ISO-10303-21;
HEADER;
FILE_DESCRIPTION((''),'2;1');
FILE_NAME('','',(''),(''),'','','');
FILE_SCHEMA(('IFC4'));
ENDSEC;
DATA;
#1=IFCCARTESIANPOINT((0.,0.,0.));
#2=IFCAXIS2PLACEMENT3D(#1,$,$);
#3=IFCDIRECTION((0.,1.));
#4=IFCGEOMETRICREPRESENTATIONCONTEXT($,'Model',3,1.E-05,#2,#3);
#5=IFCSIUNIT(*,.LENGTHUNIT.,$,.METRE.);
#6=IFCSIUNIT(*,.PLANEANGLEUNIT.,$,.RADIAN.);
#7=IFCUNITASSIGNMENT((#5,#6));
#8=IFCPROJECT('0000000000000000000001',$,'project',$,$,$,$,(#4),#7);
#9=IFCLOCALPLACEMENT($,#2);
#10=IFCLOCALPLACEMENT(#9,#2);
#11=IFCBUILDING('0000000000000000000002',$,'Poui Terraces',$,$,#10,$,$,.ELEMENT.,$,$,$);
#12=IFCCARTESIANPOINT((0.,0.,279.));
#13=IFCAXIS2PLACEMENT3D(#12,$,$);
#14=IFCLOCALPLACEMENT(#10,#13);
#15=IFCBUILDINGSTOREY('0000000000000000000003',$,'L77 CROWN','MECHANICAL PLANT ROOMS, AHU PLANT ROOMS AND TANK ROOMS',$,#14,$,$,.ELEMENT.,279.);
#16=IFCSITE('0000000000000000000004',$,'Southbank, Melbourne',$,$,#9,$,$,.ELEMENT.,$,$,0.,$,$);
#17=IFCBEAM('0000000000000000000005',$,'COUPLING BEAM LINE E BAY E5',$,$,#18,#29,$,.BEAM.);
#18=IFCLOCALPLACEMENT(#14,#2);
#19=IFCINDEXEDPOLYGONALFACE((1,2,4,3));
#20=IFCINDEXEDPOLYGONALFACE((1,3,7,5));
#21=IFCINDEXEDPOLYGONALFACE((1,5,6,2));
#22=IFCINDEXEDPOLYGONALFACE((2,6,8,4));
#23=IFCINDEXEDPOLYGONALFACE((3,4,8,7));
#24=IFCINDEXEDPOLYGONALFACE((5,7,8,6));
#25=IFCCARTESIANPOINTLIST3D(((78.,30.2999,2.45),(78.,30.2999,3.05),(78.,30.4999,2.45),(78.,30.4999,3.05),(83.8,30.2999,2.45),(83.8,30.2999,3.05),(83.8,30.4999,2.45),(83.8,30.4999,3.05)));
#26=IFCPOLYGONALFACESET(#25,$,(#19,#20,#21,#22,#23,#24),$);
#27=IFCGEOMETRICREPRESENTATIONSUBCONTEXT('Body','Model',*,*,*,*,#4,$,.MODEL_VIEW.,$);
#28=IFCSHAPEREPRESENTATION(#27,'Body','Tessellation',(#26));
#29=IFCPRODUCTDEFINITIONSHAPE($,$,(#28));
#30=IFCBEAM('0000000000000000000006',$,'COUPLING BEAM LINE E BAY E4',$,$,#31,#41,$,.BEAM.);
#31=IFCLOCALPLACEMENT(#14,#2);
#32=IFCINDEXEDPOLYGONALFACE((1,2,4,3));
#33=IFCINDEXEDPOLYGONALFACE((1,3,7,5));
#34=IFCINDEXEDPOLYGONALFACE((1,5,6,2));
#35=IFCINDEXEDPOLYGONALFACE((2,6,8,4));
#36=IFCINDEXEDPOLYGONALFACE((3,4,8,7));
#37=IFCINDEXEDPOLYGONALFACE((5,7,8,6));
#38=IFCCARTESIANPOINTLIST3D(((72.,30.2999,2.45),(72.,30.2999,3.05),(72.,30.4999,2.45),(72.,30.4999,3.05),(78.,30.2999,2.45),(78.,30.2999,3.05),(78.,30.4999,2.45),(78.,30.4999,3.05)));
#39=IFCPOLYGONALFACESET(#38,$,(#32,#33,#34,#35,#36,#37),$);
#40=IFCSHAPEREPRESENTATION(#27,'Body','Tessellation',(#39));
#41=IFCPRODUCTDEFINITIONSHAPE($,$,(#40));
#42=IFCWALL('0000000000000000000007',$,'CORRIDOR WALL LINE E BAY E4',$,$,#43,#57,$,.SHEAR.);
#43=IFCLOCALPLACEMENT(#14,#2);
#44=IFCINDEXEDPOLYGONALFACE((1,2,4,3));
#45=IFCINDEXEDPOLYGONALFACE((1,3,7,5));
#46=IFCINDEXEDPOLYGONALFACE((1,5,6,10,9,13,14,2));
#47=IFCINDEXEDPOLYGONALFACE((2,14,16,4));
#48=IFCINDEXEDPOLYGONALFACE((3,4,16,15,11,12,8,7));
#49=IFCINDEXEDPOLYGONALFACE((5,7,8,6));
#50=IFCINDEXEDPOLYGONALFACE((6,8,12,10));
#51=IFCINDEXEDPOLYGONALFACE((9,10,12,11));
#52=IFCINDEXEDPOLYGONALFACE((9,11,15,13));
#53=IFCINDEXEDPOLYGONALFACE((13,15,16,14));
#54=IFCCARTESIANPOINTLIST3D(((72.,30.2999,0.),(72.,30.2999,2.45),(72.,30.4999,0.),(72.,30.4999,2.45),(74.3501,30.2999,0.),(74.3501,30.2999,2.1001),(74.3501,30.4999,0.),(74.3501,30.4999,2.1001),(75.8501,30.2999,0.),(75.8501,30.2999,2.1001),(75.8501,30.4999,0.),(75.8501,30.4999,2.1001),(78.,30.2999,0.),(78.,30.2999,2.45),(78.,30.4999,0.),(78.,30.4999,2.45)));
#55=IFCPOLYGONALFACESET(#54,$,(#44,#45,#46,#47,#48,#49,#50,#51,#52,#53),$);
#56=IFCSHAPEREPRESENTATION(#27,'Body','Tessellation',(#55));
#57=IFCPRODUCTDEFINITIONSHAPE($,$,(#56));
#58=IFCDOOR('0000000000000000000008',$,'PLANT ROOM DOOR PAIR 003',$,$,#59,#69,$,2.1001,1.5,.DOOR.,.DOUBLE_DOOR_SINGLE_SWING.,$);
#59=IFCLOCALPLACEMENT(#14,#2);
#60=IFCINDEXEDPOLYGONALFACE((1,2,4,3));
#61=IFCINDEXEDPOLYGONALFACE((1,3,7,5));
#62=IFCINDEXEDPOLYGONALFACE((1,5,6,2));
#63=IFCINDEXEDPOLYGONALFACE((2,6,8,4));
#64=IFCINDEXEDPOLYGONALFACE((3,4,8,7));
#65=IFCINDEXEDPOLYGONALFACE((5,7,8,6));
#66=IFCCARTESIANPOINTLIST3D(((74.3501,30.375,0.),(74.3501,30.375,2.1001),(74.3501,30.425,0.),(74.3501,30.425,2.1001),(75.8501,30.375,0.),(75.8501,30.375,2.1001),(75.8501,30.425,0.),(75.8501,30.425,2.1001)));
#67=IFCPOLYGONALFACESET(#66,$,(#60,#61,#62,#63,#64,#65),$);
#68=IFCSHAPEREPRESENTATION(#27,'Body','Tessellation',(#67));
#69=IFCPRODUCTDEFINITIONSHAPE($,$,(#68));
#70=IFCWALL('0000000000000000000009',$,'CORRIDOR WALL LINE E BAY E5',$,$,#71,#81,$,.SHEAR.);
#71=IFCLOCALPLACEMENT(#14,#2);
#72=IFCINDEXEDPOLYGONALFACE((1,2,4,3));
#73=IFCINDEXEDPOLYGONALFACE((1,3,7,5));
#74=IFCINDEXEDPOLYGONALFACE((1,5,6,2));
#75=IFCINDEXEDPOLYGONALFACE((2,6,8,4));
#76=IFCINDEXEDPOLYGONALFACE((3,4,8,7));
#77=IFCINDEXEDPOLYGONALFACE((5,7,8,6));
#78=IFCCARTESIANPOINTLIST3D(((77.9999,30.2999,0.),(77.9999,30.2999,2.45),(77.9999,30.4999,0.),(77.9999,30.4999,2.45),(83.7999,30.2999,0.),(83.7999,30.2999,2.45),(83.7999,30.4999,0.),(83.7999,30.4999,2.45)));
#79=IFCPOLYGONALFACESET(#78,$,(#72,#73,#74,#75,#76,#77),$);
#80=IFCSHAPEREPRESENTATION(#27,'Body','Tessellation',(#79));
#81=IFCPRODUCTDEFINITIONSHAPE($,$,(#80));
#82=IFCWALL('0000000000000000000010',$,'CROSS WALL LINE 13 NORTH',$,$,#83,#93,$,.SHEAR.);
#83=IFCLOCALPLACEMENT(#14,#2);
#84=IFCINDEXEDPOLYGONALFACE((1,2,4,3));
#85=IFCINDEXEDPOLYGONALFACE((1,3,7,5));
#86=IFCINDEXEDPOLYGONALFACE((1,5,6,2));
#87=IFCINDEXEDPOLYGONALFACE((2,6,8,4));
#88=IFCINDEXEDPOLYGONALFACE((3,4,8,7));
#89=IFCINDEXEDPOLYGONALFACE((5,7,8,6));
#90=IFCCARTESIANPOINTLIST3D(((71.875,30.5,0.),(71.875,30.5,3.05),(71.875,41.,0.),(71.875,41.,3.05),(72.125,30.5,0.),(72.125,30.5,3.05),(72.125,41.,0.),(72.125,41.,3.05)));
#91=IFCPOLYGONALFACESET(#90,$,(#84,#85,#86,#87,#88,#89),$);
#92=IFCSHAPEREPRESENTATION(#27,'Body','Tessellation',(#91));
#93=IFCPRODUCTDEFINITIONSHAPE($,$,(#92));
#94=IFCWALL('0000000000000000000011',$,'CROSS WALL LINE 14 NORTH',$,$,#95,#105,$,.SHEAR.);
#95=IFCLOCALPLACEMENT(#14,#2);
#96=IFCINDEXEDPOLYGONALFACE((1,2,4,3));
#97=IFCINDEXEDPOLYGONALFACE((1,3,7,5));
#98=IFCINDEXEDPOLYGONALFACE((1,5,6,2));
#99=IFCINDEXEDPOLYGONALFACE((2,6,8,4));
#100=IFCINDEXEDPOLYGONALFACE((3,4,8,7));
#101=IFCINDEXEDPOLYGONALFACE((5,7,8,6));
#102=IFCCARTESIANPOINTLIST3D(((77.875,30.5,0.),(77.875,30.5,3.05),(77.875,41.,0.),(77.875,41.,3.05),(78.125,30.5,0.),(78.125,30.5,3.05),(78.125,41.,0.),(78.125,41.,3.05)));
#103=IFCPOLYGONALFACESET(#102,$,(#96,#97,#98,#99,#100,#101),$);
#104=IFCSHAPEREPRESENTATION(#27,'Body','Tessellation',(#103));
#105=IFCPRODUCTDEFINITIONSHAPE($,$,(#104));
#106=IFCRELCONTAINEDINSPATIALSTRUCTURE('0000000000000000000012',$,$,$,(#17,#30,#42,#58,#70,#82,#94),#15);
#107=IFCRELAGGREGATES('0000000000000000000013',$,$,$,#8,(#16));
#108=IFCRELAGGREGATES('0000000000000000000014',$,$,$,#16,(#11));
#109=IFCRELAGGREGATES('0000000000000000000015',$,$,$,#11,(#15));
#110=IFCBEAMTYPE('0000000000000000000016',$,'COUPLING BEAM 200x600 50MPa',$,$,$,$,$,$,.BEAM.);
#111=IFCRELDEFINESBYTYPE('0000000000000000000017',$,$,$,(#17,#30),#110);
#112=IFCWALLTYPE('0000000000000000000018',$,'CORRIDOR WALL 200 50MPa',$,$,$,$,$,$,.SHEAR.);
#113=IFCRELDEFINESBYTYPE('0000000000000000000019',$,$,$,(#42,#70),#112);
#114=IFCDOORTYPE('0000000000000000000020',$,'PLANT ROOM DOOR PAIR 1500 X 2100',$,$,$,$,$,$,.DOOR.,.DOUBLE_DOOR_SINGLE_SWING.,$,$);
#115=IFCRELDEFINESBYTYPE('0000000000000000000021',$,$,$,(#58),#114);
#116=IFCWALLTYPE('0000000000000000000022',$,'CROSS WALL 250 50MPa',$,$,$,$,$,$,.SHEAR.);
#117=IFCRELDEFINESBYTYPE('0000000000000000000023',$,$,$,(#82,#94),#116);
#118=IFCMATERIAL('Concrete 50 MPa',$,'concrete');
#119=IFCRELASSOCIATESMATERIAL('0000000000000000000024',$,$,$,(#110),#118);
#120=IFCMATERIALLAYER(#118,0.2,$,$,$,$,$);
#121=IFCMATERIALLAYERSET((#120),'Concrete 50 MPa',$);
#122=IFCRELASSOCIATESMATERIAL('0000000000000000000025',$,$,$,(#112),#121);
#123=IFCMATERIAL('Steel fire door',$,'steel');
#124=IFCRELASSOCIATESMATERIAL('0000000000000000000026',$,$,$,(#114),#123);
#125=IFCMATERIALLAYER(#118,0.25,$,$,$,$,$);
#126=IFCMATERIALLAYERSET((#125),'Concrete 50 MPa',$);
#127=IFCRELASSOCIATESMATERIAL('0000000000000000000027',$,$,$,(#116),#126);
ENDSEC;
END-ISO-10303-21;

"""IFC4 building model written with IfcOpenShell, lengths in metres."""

from ifc_helpers import new_model, si_unit, direction, frame, frame_2d, origin, origin_2d, place, context, subcontext, project, spatial, rectangle, extrude, source, transform, mapped, material, layer, layer_set, material_profile, profile_set, type_object, element, fill, save


model = new_model("IFC4")

# Units and contexts
model_context = context("Model", 3, precision=1e-05, world=origin(), true_north=direction((0.0, 1.0)))
body_context = subcontext(model_context, "Body", "Model", "MODEL_VIEW")
ifc_project = project(units=[si_unit("LENGTHUNIT", "METRE"), si_unit("PLANEANGLEUNIT", "RADIAN")], contexts=[model_context])

# Site, building, storey
site_placement = place(None, origin())
site = spatial("IfcSite", under=ifc_project, at=site_placement, Name="Southbank, Melbourne", CompositionType="ELEMENT", RefElevation=0.0)
building_placement = place(site_placement, origin())
building = spatial("IfcBuilding", under=site, at=building_placement, Name="Poui Terraces", CompositionType="ELEMENT")
storey_placement = place(building_placement, frame((0.0, 0.0, 279.0)))
storey = spatial("IfcBuildingStorey", under=building, at=storey_placement, Name="L77 CROWN", Description="MECHANICAL PLANT ROOMS, AHU PLANT ROOMS AND TANK ROOMS", CompositionType="ELEMENT", Elevation=279.0)

# Beams
ifc_material_1 = material(Name="Concrete 50 MPa", Category="concrete")
ifc_material_profile_1 = material_profile(ifc_material_1, rectangle(XDim=0.2, YDim=0.6001, at=origin_2d()), Name="RC 200x600")
ifc_profile_set_1 = profile_set([ifc_material_profile_1], Name="Concrete 50 MPa")
beam_type = type_object("IfcBeamType", Name="COUPLING BEAM 200x600 50MPa", PredefinedType="BEAM", material=ifc_profile_set_1)
shared_shape_1 = source(origin(), body_context, "Body", "SweptSolid", [
    extrude(rectangle(XDim=0.2, YDim=0.6001, at=origin_2d()), origin(), (0.0, 0.0, 1.0), 5.8),
])
beam_1_placement = place(storey_placement, frame((78.0, 30.3999, 2.75), z_axis=(1.0, 0.0, 0.0), x_axis=(0.0, 1.0, 0.0)))
element("IfcBeam", 1, at=beam_1_placement, inside=storey, type_object=beam_type, Name="COUPLING BEAM LINE E BAY E5", PredefinedType="BEAM", context=body_context, shape_type="MappedRepresentation", body=[
    mapped(shared_shape_1, transform((0.0, 0.0, 0.0))),
])
shared_shape_2 = source(origin(), body_context, "Body", "SweptSolid", [
    extrude(rectangle(XDim=0.2, YDim=0.6001, at=origin_2d()), origin(), (0.0, 0.0, 1.0), 6.0),
])
beam_2_placement = place(storey_placement, frame((72.0, 30.3999, 2.75), z_axis=(1.0, 0.0, 0.0), x_axis=(0.0, 1.0, 0.0)))
element("IfcBeam", 2, at=beam_2_placement, inside=storey, type_object=beam_type, Name="COUPLING BEAM LINE E BAY E4", PredefinedType="BEAM", context=body_context, shape_type="MappedRepresentation", body=[
    mapped(shared_shape_2, transform((0.0, 0.0, 0.0))),
])

# Wall, opening, door
ifc_layer_1 = layer(ifc_material_1, 0.2)
ifc_layer_set_1 = layer_set([ifc_layer_1], Name="Concrete 50 MPa")
wall_type_1 = type_object("IfcWallType", Name="CORRIDOR WALL 200 50MPa", PredefinedType="SHEAR", material=ifc_layer_set_1)
wall_1_placement = place(storey_placement, frame((72.0, 30.3999, 0.0), z_axis=(0.0, 0.0, 1.0), x_axis=(1.0, 0.0, 0.0)))
wall_1 = element("IfcWall", 3, at=wall_1_placement, inside=storey, type_object=wall_type_1, Name="CORRIDOR WALL LINE E BAY E4", PredefinedType="SHEAR", context=body_context, shape_type="SweptSolid", body=[
    extrude(rectangle(XDim=6.0, YDim=0.2, at=frame_2d((3.0, 0.0))), origin(), (0.0, 0.0, 1.0), 2.45),
])
opening_1_placement = place(wall_1_placement, frame((2.3501, 0.0, 0.0)))
opening_1 = element("IfcOpeningElement", 4, at=opening_1_placement, cuts=wall_1, PredefinedType="OPENING", context=body_context, shape_type="SweptSolid", body=[
    extrude(rectangle(XDim=1.5, YDim=2.1001, at=frame_2d((0.75, 1.05))), frame((0.0, 0.1099, 0.0), z_axis=(0.0, -1.0, 0.0), x_axis=(1.0, 0.0, 0.0)), (0.0, 0.0, 1.0), 0.22),
])
ifc_material_2 = material(Name="Steel fire door", Category="steel")
door_type = type_object("IfcDoorType", Name="PLANT ROOM DOOR PAIR 1500 X 2100", OperationType="DOUBLE_DOOR_SINGLE_SWING", PredefinedType="DOOR", material=ifc_material_2)
door_placement = place(opening_1_placement, frame((1.5, 0.0, 0.0), z_axis=(0.0, 0.0, 1.0), x_axis=(-1.0, 0.0, 0.0)))
door = element("IfcDoor", 5, at=door_placement, inside=storey, type_object=door_type, Name="PLANT ROOM DOOR PAIR 003", OperationType="DOUBLE_DOOR_SINGLE_SWING", OverallHeight=2.1001, OverallWidth=1.5, PredefinedType="DOOR", context=body_context, shape_type="SweptSolid", body=[
    extrude(rectangle(XDim=1.5, YDim=2.1001, at=frame_2d((0.75, 1.05))), frame((0.0, 0.0249, 0.0), z_axis=(0.0, -1.0, 0.0), x_axis=(1.0, 0.0, 0.0)), (0.0, 0.0, 1.0), 0.05),
])
fill(opening_1, door)

# Walls
wall_2_placement = place(storey_placement, frame((78.0, 30.3999, 0.0), z_axis=(0.0, 0.0, 1.0), x_axis=(1.0, 0.0, 0.0)))
element("IfcWall", 6, at=wall_2_placement, inside=storey, type_object=wall_type_1, Name="CORRIDOR WALL LINE E BAY E5", PredefinedType="SHEAR", context=body_context, shape_type="SweptSolid", body=[
    extrude(rectangle(XDim=5.8, YDim=0.2, at=frame_2d((2.8999, 0.0))), origin(), (0.0, 0.0, 1.0), 2.45),
])
ifc_layer_2 = layer(ifc_material_1, 0.25)
ifc_layer_set_2 = layer_set([ifc_layer_2], Name="Concrete 50 MPa")
wall_type_2 = type_object("IfcWallType", Name="CROSS WALL 250 50MPa", PredefinedType="SHEAR", material=ifc_layer_set_2)
for number, where, z_axis, x_axis, name in (
    (7, (72.0, 30.5, 0.0), (0.0, 0.0, 1.0), (0.0, 1.0, 0.0), "CROSS WALL LINE 13 NORTH"),
    (8, (78.0, 30.5, 0.0), (0.0, 0.0, 1.0), (0.0, 1.0, 0.0), "CROSS WALL LINE 14 NORTH"),
):
    element("IfcWall", number, at=place(storey_placement, frame(where, z_axis=z_axis, x_axis=x_axis)), inside=storey, type_object=wall_type_2, Name=name, PredefinedType="SHEAR", context=body_context, shape_type="SweptSolid", body=[
        extrude(rectangle(XDim=10.5, YDim=0.25, at=frame_2d((5.25, 0.0))), origin(), (0.0, 0.0, 1.0), 3.05),
    ])

save(model, "model.ifc")
